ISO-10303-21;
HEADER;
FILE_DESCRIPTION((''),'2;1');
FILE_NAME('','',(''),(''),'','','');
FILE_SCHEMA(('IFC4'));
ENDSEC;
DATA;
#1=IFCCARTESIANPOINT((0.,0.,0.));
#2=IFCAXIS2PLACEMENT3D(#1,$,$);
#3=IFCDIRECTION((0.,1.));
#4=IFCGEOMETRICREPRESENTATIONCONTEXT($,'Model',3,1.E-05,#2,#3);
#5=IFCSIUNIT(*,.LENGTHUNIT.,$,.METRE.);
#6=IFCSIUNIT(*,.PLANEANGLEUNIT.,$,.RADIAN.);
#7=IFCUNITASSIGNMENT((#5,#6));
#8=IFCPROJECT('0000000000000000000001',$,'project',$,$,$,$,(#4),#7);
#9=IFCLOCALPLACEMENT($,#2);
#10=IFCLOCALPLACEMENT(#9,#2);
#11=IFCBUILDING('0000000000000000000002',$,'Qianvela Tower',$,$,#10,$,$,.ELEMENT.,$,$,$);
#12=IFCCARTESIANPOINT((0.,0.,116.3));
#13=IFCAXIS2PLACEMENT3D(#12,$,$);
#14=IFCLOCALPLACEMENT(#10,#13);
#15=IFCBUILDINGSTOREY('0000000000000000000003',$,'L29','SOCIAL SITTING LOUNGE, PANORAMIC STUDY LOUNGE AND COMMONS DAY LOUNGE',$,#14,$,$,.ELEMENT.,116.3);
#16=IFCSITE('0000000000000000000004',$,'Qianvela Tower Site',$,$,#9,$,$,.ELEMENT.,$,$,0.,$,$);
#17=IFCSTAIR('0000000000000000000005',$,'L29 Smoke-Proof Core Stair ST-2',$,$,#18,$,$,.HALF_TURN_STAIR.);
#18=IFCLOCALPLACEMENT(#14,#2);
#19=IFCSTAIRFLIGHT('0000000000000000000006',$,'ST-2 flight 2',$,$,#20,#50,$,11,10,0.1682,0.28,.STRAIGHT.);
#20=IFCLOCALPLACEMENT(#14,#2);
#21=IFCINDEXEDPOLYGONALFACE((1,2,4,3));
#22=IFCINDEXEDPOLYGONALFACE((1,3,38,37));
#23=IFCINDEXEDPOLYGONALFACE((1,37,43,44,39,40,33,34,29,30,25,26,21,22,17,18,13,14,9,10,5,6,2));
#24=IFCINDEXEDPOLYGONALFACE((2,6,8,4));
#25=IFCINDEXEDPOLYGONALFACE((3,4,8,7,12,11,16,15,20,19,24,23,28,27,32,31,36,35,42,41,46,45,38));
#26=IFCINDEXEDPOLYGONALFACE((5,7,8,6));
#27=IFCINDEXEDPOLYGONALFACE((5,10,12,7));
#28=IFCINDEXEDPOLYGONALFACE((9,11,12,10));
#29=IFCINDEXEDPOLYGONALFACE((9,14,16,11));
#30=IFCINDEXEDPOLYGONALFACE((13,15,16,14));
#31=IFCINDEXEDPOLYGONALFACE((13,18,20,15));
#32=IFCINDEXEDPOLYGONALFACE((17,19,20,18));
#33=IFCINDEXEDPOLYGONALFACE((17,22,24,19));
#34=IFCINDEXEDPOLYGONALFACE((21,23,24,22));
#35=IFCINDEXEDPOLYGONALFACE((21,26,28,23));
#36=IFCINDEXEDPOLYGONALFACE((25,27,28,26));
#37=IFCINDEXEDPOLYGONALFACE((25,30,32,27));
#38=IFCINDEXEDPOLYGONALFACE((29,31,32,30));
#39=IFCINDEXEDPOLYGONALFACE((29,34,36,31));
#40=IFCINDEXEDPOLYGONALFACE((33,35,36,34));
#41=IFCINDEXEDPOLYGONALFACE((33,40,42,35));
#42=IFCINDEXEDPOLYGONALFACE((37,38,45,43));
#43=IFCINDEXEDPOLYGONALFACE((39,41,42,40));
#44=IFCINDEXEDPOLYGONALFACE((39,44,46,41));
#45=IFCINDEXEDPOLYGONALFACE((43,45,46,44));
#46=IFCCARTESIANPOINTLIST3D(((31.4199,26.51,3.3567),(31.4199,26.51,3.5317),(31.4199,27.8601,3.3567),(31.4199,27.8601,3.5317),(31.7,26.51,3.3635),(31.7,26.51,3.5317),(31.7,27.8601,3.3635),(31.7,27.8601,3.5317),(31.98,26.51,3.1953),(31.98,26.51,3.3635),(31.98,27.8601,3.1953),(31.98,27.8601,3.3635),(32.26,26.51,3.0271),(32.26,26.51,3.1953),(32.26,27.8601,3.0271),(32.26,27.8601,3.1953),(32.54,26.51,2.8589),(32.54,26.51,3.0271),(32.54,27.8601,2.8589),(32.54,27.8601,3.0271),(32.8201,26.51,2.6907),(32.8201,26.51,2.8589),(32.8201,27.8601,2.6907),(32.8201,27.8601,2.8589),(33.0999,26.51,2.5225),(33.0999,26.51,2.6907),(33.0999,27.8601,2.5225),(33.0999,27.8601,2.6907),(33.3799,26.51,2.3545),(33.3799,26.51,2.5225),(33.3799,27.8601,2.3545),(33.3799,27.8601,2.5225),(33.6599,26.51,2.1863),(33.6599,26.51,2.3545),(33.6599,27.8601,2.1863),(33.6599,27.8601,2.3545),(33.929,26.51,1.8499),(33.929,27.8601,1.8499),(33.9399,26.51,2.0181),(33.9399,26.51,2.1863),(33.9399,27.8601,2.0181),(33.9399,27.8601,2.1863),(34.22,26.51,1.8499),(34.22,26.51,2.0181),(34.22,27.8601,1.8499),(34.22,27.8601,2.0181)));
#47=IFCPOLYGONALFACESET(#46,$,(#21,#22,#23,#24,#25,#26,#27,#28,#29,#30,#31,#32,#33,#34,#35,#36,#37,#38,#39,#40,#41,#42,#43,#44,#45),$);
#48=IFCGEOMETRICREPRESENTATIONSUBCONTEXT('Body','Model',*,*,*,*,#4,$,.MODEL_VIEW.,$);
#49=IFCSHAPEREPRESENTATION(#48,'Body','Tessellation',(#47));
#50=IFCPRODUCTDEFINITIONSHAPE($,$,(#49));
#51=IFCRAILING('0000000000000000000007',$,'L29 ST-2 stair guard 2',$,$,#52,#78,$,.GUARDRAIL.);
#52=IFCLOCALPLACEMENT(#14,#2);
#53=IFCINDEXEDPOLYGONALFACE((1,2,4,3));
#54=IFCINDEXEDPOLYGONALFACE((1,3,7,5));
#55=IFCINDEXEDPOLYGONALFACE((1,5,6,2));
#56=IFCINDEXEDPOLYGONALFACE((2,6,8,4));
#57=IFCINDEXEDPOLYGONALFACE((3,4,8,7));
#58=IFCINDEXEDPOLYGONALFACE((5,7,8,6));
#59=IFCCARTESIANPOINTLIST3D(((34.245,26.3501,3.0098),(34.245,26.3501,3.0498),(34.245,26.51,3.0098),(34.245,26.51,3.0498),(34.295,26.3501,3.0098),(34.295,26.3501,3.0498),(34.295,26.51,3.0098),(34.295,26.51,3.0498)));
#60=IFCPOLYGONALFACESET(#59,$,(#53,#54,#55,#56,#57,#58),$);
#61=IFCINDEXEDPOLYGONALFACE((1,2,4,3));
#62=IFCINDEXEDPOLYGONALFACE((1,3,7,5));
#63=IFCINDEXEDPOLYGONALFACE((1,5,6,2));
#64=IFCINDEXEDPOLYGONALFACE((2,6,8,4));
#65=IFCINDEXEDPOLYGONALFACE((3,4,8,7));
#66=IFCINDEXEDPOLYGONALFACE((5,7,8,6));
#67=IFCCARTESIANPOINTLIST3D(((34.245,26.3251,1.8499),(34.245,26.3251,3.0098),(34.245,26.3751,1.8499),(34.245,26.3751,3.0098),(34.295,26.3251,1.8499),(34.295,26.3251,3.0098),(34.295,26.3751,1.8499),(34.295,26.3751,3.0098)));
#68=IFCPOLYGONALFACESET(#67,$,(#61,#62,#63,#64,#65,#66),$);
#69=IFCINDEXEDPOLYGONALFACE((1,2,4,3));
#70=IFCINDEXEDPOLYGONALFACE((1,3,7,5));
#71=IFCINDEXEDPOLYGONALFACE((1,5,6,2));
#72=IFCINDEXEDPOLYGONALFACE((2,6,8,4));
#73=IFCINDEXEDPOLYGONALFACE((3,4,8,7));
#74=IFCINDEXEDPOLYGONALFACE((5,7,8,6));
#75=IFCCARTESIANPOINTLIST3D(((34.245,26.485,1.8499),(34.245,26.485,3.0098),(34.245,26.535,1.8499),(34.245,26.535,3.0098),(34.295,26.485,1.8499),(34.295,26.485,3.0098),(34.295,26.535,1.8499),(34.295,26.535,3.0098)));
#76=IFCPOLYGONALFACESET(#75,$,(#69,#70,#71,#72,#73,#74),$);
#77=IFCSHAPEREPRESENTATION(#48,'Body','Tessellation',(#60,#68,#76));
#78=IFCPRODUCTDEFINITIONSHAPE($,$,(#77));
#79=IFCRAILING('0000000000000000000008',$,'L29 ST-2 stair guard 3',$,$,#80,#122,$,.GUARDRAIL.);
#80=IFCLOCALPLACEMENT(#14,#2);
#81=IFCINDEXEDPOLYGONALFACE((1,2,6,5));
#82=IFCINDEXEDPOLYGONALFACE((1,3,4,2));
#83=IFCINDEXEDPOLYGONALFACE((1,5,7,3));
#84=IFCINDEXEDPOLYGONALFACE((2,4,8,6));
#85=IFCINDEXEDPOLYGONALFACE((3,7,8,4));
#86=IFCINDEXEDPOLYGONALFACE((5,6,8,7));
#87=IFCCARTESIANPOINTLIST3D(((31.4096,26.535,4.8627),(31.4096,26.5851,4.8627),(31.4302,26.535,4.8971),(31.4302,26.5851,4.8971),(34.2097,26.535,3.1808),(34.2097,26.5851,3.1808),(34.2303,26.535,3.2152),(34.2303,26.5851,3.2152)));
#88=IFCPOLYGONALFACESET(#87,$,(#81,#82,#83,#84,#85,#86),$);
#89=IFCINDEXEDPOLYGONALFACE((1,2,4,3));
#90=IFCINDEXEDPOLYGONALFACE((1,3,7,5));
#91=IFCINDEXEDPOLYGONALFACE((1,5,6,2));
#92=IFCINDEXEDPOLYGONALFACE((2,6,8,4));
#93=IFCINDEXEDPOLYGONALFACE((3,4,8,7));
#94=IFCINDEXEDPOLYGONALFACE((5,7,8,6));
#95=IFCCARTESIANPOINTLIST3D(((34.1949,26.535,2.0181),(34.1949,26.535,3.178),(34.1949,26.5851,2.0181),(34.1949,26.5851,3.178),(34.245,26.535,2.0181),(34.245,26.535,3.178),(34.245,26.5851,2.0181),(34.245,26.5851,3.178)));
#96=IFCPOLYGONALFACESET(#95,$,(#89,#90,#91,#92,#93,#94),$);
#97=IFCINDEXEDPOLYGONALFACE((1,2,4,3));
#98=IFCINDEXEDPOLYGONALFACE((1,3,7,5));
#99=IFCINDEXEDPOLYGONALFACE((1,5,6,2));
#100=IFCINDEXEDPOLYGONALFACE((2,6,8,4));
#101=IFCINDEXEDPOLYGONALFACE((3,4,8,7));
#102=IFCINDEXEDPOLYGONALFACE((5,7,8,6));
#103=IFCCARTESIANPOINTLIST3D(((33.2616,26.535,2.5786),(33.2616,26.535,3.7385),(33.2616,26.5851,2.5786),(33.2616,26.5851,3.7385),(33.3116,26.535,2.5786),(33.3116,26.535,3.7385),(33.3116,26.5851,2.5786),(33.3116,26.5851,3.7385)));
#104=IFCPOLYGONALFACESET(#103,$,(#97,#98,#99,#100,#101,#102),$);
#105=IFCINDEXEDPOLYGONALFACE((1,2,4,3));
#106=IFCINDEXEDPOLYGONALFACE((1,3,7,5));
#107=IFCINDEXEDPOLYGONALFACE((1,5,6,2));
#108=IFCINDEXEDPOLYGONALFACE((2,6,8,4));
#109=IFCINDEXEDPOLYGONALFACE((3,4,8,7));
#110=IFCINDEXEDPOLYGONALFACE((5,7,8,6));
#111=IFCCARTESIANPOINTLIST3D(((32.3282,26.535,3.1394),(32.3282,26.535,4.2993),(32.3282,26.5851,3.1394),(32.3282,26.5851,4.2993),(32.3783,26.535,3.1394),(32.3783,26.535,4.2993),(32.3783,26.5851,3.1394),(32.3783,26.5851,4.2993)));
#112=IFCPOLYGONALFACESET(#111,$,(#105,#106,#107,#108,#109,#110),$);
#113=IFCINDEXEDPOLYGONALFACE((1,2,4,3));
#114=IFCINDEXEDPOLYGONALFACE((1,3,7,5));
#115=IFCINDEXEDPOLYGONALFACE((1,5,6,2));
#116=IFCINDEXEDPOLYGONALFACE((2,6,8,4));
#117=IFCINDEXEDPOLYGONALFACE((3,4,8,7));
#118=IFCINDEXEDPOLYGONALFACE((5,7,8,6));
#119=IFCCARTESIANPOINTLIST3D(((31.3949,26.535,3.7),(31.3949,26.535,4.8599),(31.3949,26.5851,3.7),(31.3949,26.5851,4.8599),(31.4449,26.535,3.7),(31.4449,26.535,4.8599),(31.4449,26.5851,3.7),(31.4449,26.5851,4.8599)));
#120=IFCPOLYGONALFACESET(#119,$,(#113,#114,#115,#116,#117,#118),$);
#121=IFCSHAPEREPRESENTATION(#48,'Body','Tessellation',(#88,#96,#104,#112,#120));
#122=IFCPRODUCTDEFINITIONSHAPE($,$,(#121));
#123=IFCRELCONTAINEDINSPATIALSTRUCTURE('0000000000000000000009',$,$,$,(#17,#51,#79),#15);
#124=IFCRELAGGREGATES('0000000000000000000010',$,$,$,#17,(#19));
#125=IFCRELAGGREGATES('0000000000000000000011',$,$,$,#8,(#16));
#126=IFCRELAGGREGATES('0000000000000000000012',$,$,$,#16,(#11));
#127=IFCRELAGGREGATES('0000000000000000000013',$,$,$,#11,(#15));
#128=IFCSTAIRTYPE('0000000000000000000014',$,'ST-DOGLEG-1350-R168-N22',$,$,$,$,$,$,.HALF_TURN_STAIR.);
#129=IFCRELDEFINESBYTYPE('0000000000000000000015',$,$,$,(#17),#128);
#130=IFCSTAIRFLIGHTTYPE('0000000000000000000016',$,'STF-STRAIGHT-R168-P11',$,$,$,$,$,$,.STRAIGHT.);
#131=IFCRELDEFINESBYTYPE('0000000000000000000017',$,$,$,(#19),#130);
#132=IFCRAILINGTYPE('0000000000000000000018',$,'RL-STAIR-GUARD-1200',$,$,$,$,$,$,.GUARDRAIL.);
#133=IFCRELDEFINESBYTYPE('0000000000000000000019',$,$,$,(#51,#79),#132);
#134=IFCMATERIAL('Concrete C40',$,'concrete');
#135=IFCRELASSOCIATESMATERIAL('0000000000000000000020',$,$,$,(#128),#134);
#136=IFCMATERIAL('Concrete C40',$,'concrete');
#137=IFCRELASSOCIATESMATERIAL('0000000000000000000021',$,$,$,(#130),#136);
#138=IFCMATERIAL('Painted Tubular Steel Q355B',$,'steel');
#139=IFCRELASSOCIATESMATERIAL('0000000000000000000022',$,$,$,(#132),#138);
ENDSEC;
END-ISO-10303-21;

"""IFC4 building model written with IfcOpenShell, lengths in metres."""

from ifc_helpers import new_model, si_unit, direction, frame, origin, origin_2d, place, context, subcontext, project, spatial, polyline, rectangle, outline, extrude, material, type_object, element, aggregate, save


model = new_model("IFC4")

# Units and contexts
model_context = context("Model", 3, precision=1e-05, world=origin(), true_north=direction((0.0, 1.0)))
body_context = subcontext(model_context, "Body", "Model", "MODEL_VIEW")
ifc_project = project(units=[si_unit("LENGTHUNIT", "METRE"), si_unit("PLANEANGLEUNIT", "RADIAN")], contexts=[model_context])

# Site, building, storey
site_placement = place(None, origin())
site = spatial("IfcSite", under=ifc_project, at=site_placement, Name="Qianvela Tower Site", CompositionType="ELEMENT", RefElevation=0.0)
building_placement = place(site_placement, origin())
building = spatial("IfcBuilding", under=site, at=building_placement, Name="Qianvela Tower", CompositionType="ELEMENT")
storey_placement = place(building_placement, frame((0.0, 0.0, 116.3)))
storey = spatial("IfcBuildingStorey", under=building, at=storey_placement, Name="L29", Description="SOCIAL SITTING LOUNGE, PANORAMIC STUDY LOUNGE AND COMMONS DAY LOUNGE", CompositionType="ELEMENT", Elevation=116.3)

# Stair, stair flight
ifc_material_1 = material(Name="Concrete C40", Category="concrete")
stair_type = type_object("IfcStairType", Name="ST-DOGLEG-1350-R168-N22", PredefinedType="HALF_TURN_STAIR", material=ifc_material_1)
stair_placement = place(storey_placement, origin())
stair = element("IfcStair", 1, at=stair_placement, inside=storey, type_object=stair_type, Name="L29 Smoke-Proof Core Stair ST-2", PredefinedType="HALF_TURN_STAIR")
ifc_material_2 = material(Name="Concrete C40", Category="concrete")
stair_flight_type = type_object("IfcStairFlightType", Name="STF-STRAIGHT-R168-P11", PredefinedType="STRAIGHT", material=ifc_material_2)
stair_flight_placement = place(storey_placement, frame((34.22, 27.1851, 1.8499), z_axis=(0.0, 0.0, 1.0), x_axis=(-1.0, 0.0, 0.0)))
stair_flight = element("IfcStairFlight", 2, at=stair_flight_placement, type_object=stair_flight_type, Name="ST-2 flight 2", NumberOfRisers=11, NumberOfTreads=10, PredefinedType="STRAIGHT", RiserHeight=0.1682, TreadLength=0.28, context=body_context, shape_type="SweptSolid", body=[
    extrude(outline(polyline([(0.0, 0.0), (0.0, 0.1682), (0.28, 0.1682), (0.28, 0.3364), (0.5601, 0.3364), (0.5601, 0.5046), (0.8401, 0.5046), (0.8401, 0.6726), (1.1201, 0.6726), (1.1201, 0.8408), (1.3999, 0.8408), (1.3999, 1.009), (1.6799, 1.009), (1.6799, 1.1772), (1.96, 1.1772), (1.96, 1.3455), (2.24, 1.3455), (2.24, 1.5137), (2.52, 1.5137), (2.52, 1.6819), (2.8, 1.6819), (2.8, 1.8501), (2.8, 1.5068), (0.291, 0.0), (0.0, 0.0)])), frame((0.0, 0.675, 0.0), z_axis=(0.0, -1.0, 0.0), x_axis=(1.0, 0.0, 0.0)), (0.0, 0.0, 1.0), 1.3501),
])
aggregate(stair, [stair_flight])

# Railings
ifc_material_3 = material(Name="Painted Tubular Steel Q355B", Category="steel")
railing_type = type_object("IfcRailingType", Name="RL-STAIR-GUARD-1200", PredefinedType="GUARDRAIL", material=ifc_material_3)
railing_1_placement = place(storey_placement, frame((34.27, 26.3501, 1.8499)))
element("IfcRailing", 3, at=railing_1_placement, inside=storey, type_object=railing_type, Name="L29 ST-2 stair guard 2", PredefinedType="GUARDRAIL", context=body_context, shape_type="SweptSolid", body=[
    extrude(rectangle(XDim=0.05, YDim=0.04, at=origin_2d()), frame((0.0, 0.0, 1.1799), z_axis=(0.0, 1.0, 0.0), x_axis=(-1.0, 0.0, 0.0)), (0.0, 0.0, 1.0), 0.1599),
    extrude(rectangle(XDim=0.05, YDim=0.05, at=origin_2d()), origin(), (0.0, 0.0, 1.0), 1.1599),
    extrude(rectangle(XDim=0.05, YDim=0.05, at=origin_2d()), frame((0.0, 0.1599, 0.0)), (0.0, 0.0, 1.0), 1.1599),
])
railing_2_placement = place(storey_placement, frame((34.22, 26.5601, 2.0181)))
element("IfcRailing", 4, at=railing_2_placement, inside=storey, type_object=railing_type, Name="L29 ST-2 stair guard 3", PredefinedType="GUARDRAIL", context=body_context, shape_type="SweptSolid", body=[
    extrude(rectangle(XDim=0.05, YDim=0.04, at=origin_2d()), frame((0.0, 0.0, 1.1799), z_axis=(-0.857242, 0.0, 0.514913), x_axis=(0.0, -1.0, 0.0)), (0.0, 0.0, 1.0), 3.2664),
    extrude(rectangle(XDim=0.05, YDim=0.05, at=origin_2d()), origin(), (0.0, 0.0, 1.0), 1.1599),
    extrude(rectangle(XDim=0.05, YDim=0.05, at=origin_2d()), frame((-0.9333, 0.0, 0.5605)), (0.0, 0.0, 1.0), 1.1599),
    extrude(rectangle(XDim=0.05, YDim=0.05, at=origin_2d()), frame((-1.8667, 0.0, 1.1213)), (0.0, 0.0, 1.0), 1.1599),
    extrude(rectangle(XDim=0.05, YDim=0.05, at=origin_2d()), frame((-2.8, 0.0, 1.6819)), (0.0, 0.0, 1.0), 1.1599),
])

save(model, "model.ifc")
